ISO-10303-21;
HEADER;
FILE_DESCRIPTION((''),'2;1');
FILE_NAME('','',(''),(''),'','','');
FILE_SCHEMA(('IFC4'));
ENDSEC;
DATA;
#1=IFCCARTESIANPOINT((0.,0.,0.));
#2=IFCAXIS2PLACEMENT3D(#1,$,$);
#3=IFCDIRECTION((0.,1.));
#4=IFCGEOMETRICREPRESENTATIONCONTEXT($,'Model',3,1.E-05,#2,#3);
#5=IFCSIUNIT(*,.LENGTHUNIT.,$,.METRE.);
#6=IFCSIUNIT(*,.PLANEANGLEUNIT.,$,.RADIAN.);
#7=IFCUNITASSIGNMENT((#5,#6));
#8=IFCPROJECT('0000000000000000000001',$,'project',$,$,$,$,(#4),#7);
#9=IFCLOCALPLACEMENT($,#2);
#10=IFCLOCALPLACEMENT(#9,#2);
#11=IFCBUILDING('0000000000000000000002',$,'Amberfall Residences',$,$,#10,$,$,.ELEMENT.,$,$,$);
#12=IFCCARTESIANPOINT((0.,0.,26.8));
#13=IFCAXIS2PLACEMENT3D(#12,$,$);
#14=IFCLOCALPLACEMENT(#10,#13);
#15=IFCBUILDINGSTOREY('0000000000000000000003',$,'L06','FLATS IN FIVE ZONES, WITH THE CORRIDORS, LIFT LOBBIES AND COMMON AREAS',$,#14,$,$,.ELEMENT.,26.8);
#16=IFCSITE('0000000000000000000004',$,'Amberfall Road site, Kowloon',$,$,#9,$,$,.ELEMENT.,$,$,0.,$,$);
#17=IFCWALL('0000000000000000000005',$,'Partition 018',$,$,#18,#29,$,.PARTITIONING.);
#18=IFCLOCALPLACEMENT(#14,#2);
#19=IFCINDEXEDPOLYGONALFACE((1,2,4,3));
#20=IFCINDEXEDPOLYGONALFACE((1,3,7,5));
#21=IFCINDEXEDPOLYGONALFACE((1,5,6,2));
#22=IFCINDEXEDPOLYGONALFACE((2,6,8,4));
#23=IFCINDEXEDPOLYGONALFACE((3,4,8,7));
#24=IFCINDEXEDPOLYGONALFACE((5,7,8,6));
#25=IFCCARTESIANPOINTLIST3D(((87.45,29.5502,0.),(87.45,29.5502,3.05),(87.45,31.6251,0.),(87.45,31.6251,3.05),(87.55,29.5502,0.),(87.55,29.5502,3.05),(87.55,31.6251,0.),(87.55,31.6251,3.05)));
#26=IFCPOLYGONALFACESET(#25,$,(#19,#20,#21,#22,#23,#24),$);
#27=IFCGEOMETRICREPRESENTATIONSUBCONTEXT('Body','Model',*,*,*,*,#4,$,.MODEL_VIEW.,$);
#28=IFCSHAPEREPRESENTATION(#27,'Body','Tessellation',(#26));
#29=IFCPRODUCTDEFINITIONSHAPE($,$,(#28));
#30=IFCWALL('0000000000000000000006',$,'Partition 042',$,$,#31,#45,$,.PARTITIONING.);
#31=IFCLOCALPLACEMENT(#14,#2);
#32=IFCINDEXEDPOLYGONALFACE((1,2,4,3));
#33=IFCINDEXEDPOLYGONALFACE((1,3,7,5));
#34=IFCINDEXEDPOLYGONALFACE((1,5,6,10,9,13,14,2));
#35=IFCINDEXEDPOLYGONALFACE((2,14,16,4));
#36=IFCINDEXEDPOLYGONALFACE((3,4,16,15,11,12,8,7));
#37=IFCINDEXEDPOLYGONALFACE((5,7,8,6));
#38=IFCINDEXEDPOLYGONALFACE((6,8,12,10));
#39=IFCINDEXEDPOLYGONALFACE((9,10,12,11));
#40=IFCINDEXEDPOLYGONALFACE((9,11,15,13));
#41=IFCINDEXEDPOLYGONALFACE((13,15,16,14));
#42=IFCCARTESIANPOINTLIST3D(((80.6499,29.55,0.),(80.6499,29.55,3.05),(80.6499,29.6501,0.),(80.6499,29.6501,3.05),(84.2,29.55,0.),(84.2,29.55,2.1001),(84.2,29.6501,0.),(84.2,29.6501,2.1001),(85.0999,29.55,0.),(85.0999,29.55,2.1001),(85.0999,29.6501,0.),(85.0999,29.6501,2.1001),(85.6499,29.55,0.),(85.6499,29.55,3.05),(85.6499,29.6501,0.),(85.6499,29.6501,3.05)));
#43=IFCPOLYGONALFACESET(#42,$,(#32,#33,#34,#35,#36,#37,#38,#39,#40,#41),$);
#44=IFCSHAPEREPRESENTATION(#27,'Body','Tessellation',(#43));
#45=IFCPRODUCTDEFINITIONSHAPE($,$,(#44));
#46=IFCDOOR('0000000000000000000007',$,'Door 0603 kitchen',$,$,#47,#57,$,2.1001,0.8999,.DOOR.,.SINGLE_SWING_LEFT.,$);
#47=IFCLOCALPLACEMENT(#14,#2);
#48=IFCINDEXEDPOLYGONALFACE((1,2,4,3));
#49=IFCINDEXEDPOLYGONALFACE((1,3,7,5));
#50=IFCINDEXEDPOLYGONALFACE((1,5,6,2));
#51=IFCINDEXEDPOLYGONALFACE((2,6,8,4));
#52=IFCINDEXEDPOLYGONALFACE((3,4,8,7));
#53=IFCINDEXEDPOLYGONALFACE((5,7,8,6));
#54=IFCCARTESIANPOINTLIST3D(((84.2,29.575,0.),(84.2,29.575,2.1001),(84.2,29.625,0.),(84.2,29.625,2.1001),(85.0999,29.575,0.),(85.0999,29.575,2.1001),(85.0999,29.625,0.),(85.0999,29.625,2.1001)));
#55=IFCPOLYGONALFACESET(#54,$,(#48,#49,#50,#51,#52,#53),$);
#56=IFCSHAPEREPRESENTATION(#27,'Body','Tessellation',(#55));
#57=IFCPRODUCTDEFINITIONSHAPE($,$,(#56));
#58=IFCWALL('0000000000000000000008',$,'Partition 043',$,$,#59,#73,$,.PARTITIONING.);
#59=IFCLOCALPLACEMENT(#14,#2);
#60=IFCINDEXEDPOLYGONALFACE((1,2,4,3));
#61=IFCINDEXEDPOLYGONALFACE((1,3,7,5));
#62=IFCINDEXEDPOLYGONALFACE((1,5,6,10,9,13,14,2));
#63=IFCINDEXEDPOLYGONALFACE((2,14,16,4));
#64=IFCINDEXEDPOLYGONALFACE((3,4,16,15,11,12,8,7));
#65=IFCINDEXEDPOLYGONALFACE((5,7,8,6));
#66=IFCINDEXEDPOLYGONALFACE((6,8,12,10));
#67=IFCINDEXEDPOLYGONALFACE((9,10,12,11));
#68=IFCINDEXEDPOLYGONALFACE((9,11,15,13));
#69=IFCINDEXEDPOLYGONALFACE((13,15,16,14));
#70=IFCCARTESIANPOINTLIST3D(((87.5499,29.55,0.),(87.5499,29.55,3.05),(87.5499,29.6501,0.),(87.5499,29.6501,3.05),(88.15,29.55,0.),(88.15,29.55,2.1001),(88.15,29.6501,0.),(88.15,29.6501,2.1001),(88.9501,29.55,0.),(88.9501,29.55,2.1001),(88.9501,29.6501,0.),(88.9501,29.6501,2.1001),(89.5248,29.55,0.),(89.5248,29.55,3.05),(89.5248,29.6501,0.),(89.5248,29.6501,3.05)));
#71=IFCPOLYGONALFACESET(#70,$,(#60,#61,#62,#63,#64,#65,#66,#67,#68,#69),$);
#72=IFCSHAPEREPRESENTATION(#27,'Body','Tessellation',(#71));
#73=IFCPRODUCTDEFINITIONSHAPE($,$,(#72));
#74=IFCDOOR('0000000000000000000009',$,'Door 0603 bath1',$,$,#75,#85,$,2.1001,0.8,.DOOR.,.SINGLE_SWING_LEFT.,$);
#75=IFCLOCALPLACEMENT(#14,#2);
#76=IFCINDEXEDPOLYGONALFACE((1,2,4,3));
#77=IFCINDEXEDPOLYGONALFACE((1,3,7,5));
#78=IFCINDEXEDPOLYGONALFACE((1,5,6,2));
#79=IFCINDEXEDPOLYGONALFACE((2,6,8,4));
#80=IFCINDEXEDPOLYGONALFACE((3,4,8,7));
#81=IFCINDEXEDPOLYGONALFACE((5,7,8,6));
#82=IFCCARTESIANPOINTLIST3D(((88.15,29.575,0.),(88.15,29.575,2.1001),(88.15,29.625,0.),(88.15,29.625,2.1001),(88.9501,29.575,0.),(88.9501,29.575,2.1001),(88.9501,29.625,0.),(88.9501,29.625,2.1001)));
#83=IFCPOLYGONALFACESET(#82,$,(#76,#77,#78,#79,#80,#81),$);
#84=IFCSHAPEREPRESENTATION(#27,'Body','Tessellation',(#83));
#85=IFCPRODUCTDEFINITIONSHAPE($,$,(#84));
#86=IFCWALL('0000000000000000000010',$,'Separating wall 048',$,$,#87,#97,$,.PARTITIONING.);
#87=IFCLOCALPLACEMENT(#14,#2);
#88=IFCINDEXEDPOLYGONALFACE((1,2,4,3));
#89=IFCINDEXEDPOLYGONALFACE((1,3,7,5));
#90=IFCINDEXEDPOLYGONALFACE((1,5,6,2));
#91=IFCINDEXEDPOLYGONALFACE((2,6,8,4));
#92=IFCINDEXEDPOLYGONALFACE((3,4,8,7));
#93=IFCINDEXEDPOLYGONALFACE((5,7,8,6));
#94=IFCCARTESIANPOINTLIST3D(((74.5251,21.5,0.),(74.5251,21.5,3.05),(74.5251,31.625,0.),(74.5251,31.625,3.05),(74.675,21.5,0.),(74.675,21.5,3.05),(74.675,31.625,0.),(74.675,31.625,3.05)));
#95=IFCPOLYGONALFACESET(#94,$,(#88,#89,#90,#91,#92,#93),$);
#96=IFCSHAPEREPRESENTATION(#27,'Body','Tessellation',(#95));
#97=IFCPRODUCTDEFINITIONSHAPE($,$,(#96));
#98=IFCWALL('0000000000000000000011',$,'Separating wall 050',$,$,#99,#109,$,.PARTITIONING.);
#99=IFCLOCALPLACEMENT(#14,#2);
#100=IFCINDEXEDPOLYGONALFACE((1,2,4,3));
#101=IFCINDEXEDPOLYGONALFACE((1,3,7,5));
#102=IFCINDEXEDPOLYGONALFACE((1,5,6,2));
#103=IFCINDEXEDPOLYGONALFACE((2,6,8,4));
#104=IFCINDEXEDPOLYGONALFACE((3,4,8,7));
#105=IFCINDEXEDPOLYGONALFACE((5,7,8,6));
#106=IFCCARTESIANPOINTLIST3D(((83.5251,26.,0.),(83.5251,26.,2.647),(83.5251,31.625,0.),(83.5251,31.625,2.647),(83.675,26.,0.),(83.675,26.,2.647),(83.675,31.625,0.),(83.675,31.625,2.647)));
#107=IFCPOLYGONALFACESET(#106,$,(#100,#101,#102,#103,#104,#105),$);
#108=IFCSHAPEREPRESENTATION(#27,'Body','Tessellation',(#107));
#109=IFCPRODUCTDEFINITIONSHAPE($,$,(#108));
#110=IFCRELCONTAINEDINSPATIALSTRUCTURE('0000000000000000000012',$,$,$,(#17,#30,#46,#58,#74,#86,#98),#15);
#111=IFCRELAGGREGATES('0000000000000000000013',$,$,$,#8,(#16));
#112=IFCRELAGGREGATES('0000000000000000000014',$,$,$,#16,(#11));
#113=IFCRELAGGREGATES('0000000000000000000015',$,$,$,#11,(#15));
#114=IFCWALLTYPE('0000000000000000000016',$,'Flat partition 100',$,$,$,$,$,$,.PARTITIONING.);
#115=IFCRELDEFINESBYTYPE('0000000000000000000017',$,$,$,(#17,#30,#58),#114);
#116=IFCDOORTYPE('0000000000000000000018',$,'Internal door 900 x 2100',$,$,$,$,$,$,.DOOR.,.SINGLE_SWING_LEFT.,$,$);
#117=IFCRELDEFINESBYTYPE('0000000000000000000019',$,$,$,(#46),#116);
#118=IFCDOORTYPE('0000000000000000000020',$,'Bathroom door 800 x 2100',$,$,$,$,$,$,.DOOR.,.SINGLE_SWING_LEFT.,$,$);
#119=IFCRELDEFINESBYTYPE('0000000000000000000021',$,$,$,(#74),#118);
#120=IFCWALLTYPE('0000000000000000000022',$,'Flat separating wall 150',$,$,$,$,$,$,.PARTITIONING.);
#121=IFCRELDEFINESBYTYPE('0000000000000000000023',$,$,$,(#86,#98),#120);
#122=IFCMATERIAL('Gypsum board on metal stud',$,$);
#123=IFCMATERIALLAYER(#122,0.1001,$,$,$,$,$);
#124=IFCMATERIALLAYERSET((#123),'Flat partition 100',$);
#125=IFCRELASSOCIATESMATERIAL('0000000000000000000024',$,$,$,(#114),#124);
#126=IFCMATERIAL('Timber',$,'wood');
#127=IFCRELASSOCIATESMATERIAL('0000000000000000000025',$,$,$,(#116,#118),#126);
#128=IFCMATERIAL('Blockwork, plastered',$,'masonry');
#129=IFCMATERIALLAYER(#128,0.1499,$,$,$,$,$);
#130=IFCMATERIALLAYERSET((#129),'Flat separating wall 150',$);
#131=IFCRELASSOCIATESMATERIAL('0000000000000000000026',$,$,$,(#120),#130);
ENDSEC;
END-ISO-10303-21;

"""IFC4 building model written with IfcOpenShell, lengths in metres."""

from ifc_helpers import new_model, si_unit, direction, frame, frame_2d, origin, place, context, subcontext, project, spatial, rectangle, extrude, material, layer, layer_set, type_object, element, fill, save


model = new_model("IFC4")

# Units and contexts
model_context = context("Model", 3, precision=1e-05, world=origin(), true_north=direction((0.0, 1.0)))
body_context = subcontext(model_context, "Body", "Model", "MODEL_VIEW")
ifc_project = project(units=[si_unit("LENGTHUNIT", "METRE"), si_unit("PLANEANGLEUNIT", "RADIAN")], contexts=[model_context])

# Site, building, storey
site_placement = place(None, origin())
site = spatial("IfcSite", under=ifc_project, at=site_placement, Name="Amberfall Road site, Kowloon", CompositionType="ELEMENT", RefElevation=0.0)
building_placement = place(site_placement, origin())
building = spatial("IfcBuilding", under=site, at=building_placement, Name="Amberfall Residences", CompositionType="ELEMENT")
storey_placement = place(building_placement, frame((0.0, 0.0, 26.8)))
storey = spatial("IfcBuildingStorey", under=building, at=storey_placement, Name="L06", Description="FLATS IN FIVE ZONES, WITH THE CORRIDORS, LIFT LOBBIES AND COMMON AREAS", CompositionType="ELEMENT", Elevation=26.8)

# Wall
ifc_material_1 = material(Name="Gypsum board on metal stud")
ifc_layer_1 = layer(ifc_material_1, 0.1001)
ifc_layer_set_1 = layer_set([ifc_layer_1], Name="Flat partition 100")
wall_type_1 = type_object("IfcWallType", Name="Flat partition 100", PredefinedType="PARTITIONING", material=ifc_layer_set_1)
for number, where, z_axis, x_axis, name in (
    (1, (87.5, 29.55, 0.0), (0.0, 0.0, 1.0), (0.0, 1.0, 0.0), "Partition 018"),
):
    element("IfcWall", number, at=place(storey_placement, frame(where, z_axis=z_axis, x_axis=x_axis)), inside=storey, type_object=wall_type_1, Name=name, PredefinedType="PARTITIONING", context=body_context, shape_type="SweptSolid", body=[
        extrude(rectangle(XDim=2.075, YDim=0.1001, at=frame_2d((1.0376, 0.0))), origin(), (0.0, 0.0, 1.0), 3.05),
    ])

# Walls, openings, doors
wall_1_placement = place(storey_placement, frame((80.6499, 29.6001, 0.0), z_axis=(0.0, 0.0, 1.0), x_axis=(1.0, 0.0, 0.0)))
wall_1 = element("IfcWall", 2, at=wall_1_placement, inside=storey, type_object=wall_type_1, Name="Partition 042", PredefinedType="PARTITIONING", context=body_context, shape_type="SweptSolid", body=[
    extrude(rectangle(XDim=5.0, YDim=0.1001, at=frame_2d((2.5, 0.0))), origin(), (0.0, 0.0, 1.0), 3.05),
])
opening_1_placement = place(wall_1_placement, frame((3.55, 0.0, 0.0)))
opening_1 = element("IfcOpeningElement", 3, at=opening_1_placement, cuts=wall_1, PredefinedType="OPENING", context=body_context, shape_type="SweptSolid", body=[
    extrude(rectangle(XDim=0.8999, YDim=2.1001, at=frame_2d((0.45, 1.05))), frame((0.0, 0.0601, 0.0), z_axis=(0.0, -1.0, 0.0), x_axis=(1.0, 0.0, 0.0)), (0.0, 0.0, 1.0), 0.1201),
])
ifc_material_2 = material(Name="Timber", Category="wood")
door_type_1 = type_object("IfcDoorType", Name="Internal door 900 x 2100", OperationType="SINGLE_SWING_LEFT", PredefinedType="DOOR", material=ifc_material_2)
door_1_placement = place(opening_1_placement, origin())
door_1 = element("IfcDoor", 4, at=door_1_placement, inside=storey, type_object=door_type_1, Name="Door 0603 kitchen", OperationType="SINGLE_SWING_LEFT", OverallHeight=2.1001, OverallWidth=0.8999, PredefinedType="DOOR", context=body_context, shape_type="SweptSolid", body=[
    extrude(rectangle(XDim=0.8999, YDim=2.1001, at=frame_2d((0.45, 1.05))), frame((0.0, 0.0249, 0.0), z_axis=(0.0, -1.0, 0.0), x_axis=(1.0, 0.0, 0.0)), (0.0, 0.0, 1.0), 0.05),
])
fill(opening_1, door_1)
wall_2_placement = place(storey_placement, frame((87.55, 29.6001, 0.0), z_axis=(0.0, 0.0, 1.0), x_axis=(1.0, 0.0, 0.0)))
wall_2 = element("IfcWall", 5, at=wall_2_placement, inside=storey, type_object=wall_type_1, Name="Partition 043", PredefinedType="PARTITIONING", context=body_context, shape_type="SweptSolid", body=[
    extrude(rectangle(XDim=1.9749, YDim=0.1001, at=frame_2d((0.9873, 0.0))), origin(), (0.0, 0.0, 1.0), 3.05),
])
opening_2_placement = place(wall_2_placement, frame((0.6001, 0.0, 0.0)))
opening_2 = element("IfcOpeningElement", 6, at=opening_2_placement, cuts=wall_2, PredefinedType="OPENING", context=body_context, shape_type="SweptSolid", body=[
    extrude(rectangle(XDim=0.8, YDim=2.1001, at=frame_2d((0.3999, 1.05))), frame((0.0, 0.0601, 0.0), z_axis=(0.0, -1.0, 0.0), x_axis=(1.0, 0.0, 0.0)), (0.0, 0.0, 1.0), 0.1201),
])
door_type_2 = type_object("IfcDoorType", Name="Bathroom door 800 x 2100", OperationType="SINGLE_SWING_LEFT", PredefinedType="DOOR", material=ifc_material_2)
door_2_placement = place(opening_2_placement, origin())
door_2 = element("IfcDoor", 7, at=door_2_placement, inside=storey, type_object=door_type_2, Name="Door 0603 bath1", OperationType="SINGLE_SWING_LEFT", OverallHeight=2.1001, OverallWidth=0.8, PredefinedType="DOOR", context=body_context, shape_type="SweptSolid", body=[
    extrude(rectangle(XDim=0.8, YDim=2.1001, at=frame_2d((0.3999, 1.05))), frame((0.0, 0.0249, 0.0), z_axis=(0.0, -1.0, 0.0), x_axis=(1.0, 0.0, 0.0)), (0.0, 0.0, 1.0), 0.05),
])
fill(opening_2, door_2)

# Walls
ifc_material_3 = material(Name="Blockwork, plastered", Category="masonry")
ifc_layer_2 = layer(ifc_material_3, 0.1499)
ifc_layer_set_2 = layer_set([ifc_layer_2], Name="Flat separating wall 150")
wall_type_2 = type_object("IfcWallType", Name="Flat separating wall 150", PredefinedType="PARTITIONING", material=ifc_layer_set_2)
wall_3_placement = place(storey_placement, frame((74.6001, 21.5, 0.0), z_axis=(0.0, 0.0, 1.0), x_axis=(0.0, 1.0, 0.0)))
element("IfcWall", 8, at=wall_3_placement, inside=storey, type_object=wall_type_2, Name="Separating wall 048", PredefinedType="PARTITIONING", context=body_context, shape_type="SweptSolid", body=[
    extrude(rectangle(XDim=10.125, YDim=0.1499, at=frame_2d((5.0625, 0.0))), origin(), (0.0, 0.0, 1.0), 3.05),
])
wall_4_placement = place(storey_placement, frame((83.6001, 26.0, 0.0), z_axis=(0.0, 0.0, 1.0), x_axis=(0.0, 1.0, 0.0)))
element("IfcWall", 9, at=wall_4_placement, inside=storey, type_object=wall_type_2, Name="Separating wall 050", PredefinedType="PARTITIONING", context=body_context, shape_type="SweptSolid", body=[
    extrude(rectangle(XDim=5.625, YDim=0.1499, at=frame_2d((2.8125, 0.0))), origin(), (0.0, 0.0, 1.0), 2.647),
])

save(model, "model.ifc")
